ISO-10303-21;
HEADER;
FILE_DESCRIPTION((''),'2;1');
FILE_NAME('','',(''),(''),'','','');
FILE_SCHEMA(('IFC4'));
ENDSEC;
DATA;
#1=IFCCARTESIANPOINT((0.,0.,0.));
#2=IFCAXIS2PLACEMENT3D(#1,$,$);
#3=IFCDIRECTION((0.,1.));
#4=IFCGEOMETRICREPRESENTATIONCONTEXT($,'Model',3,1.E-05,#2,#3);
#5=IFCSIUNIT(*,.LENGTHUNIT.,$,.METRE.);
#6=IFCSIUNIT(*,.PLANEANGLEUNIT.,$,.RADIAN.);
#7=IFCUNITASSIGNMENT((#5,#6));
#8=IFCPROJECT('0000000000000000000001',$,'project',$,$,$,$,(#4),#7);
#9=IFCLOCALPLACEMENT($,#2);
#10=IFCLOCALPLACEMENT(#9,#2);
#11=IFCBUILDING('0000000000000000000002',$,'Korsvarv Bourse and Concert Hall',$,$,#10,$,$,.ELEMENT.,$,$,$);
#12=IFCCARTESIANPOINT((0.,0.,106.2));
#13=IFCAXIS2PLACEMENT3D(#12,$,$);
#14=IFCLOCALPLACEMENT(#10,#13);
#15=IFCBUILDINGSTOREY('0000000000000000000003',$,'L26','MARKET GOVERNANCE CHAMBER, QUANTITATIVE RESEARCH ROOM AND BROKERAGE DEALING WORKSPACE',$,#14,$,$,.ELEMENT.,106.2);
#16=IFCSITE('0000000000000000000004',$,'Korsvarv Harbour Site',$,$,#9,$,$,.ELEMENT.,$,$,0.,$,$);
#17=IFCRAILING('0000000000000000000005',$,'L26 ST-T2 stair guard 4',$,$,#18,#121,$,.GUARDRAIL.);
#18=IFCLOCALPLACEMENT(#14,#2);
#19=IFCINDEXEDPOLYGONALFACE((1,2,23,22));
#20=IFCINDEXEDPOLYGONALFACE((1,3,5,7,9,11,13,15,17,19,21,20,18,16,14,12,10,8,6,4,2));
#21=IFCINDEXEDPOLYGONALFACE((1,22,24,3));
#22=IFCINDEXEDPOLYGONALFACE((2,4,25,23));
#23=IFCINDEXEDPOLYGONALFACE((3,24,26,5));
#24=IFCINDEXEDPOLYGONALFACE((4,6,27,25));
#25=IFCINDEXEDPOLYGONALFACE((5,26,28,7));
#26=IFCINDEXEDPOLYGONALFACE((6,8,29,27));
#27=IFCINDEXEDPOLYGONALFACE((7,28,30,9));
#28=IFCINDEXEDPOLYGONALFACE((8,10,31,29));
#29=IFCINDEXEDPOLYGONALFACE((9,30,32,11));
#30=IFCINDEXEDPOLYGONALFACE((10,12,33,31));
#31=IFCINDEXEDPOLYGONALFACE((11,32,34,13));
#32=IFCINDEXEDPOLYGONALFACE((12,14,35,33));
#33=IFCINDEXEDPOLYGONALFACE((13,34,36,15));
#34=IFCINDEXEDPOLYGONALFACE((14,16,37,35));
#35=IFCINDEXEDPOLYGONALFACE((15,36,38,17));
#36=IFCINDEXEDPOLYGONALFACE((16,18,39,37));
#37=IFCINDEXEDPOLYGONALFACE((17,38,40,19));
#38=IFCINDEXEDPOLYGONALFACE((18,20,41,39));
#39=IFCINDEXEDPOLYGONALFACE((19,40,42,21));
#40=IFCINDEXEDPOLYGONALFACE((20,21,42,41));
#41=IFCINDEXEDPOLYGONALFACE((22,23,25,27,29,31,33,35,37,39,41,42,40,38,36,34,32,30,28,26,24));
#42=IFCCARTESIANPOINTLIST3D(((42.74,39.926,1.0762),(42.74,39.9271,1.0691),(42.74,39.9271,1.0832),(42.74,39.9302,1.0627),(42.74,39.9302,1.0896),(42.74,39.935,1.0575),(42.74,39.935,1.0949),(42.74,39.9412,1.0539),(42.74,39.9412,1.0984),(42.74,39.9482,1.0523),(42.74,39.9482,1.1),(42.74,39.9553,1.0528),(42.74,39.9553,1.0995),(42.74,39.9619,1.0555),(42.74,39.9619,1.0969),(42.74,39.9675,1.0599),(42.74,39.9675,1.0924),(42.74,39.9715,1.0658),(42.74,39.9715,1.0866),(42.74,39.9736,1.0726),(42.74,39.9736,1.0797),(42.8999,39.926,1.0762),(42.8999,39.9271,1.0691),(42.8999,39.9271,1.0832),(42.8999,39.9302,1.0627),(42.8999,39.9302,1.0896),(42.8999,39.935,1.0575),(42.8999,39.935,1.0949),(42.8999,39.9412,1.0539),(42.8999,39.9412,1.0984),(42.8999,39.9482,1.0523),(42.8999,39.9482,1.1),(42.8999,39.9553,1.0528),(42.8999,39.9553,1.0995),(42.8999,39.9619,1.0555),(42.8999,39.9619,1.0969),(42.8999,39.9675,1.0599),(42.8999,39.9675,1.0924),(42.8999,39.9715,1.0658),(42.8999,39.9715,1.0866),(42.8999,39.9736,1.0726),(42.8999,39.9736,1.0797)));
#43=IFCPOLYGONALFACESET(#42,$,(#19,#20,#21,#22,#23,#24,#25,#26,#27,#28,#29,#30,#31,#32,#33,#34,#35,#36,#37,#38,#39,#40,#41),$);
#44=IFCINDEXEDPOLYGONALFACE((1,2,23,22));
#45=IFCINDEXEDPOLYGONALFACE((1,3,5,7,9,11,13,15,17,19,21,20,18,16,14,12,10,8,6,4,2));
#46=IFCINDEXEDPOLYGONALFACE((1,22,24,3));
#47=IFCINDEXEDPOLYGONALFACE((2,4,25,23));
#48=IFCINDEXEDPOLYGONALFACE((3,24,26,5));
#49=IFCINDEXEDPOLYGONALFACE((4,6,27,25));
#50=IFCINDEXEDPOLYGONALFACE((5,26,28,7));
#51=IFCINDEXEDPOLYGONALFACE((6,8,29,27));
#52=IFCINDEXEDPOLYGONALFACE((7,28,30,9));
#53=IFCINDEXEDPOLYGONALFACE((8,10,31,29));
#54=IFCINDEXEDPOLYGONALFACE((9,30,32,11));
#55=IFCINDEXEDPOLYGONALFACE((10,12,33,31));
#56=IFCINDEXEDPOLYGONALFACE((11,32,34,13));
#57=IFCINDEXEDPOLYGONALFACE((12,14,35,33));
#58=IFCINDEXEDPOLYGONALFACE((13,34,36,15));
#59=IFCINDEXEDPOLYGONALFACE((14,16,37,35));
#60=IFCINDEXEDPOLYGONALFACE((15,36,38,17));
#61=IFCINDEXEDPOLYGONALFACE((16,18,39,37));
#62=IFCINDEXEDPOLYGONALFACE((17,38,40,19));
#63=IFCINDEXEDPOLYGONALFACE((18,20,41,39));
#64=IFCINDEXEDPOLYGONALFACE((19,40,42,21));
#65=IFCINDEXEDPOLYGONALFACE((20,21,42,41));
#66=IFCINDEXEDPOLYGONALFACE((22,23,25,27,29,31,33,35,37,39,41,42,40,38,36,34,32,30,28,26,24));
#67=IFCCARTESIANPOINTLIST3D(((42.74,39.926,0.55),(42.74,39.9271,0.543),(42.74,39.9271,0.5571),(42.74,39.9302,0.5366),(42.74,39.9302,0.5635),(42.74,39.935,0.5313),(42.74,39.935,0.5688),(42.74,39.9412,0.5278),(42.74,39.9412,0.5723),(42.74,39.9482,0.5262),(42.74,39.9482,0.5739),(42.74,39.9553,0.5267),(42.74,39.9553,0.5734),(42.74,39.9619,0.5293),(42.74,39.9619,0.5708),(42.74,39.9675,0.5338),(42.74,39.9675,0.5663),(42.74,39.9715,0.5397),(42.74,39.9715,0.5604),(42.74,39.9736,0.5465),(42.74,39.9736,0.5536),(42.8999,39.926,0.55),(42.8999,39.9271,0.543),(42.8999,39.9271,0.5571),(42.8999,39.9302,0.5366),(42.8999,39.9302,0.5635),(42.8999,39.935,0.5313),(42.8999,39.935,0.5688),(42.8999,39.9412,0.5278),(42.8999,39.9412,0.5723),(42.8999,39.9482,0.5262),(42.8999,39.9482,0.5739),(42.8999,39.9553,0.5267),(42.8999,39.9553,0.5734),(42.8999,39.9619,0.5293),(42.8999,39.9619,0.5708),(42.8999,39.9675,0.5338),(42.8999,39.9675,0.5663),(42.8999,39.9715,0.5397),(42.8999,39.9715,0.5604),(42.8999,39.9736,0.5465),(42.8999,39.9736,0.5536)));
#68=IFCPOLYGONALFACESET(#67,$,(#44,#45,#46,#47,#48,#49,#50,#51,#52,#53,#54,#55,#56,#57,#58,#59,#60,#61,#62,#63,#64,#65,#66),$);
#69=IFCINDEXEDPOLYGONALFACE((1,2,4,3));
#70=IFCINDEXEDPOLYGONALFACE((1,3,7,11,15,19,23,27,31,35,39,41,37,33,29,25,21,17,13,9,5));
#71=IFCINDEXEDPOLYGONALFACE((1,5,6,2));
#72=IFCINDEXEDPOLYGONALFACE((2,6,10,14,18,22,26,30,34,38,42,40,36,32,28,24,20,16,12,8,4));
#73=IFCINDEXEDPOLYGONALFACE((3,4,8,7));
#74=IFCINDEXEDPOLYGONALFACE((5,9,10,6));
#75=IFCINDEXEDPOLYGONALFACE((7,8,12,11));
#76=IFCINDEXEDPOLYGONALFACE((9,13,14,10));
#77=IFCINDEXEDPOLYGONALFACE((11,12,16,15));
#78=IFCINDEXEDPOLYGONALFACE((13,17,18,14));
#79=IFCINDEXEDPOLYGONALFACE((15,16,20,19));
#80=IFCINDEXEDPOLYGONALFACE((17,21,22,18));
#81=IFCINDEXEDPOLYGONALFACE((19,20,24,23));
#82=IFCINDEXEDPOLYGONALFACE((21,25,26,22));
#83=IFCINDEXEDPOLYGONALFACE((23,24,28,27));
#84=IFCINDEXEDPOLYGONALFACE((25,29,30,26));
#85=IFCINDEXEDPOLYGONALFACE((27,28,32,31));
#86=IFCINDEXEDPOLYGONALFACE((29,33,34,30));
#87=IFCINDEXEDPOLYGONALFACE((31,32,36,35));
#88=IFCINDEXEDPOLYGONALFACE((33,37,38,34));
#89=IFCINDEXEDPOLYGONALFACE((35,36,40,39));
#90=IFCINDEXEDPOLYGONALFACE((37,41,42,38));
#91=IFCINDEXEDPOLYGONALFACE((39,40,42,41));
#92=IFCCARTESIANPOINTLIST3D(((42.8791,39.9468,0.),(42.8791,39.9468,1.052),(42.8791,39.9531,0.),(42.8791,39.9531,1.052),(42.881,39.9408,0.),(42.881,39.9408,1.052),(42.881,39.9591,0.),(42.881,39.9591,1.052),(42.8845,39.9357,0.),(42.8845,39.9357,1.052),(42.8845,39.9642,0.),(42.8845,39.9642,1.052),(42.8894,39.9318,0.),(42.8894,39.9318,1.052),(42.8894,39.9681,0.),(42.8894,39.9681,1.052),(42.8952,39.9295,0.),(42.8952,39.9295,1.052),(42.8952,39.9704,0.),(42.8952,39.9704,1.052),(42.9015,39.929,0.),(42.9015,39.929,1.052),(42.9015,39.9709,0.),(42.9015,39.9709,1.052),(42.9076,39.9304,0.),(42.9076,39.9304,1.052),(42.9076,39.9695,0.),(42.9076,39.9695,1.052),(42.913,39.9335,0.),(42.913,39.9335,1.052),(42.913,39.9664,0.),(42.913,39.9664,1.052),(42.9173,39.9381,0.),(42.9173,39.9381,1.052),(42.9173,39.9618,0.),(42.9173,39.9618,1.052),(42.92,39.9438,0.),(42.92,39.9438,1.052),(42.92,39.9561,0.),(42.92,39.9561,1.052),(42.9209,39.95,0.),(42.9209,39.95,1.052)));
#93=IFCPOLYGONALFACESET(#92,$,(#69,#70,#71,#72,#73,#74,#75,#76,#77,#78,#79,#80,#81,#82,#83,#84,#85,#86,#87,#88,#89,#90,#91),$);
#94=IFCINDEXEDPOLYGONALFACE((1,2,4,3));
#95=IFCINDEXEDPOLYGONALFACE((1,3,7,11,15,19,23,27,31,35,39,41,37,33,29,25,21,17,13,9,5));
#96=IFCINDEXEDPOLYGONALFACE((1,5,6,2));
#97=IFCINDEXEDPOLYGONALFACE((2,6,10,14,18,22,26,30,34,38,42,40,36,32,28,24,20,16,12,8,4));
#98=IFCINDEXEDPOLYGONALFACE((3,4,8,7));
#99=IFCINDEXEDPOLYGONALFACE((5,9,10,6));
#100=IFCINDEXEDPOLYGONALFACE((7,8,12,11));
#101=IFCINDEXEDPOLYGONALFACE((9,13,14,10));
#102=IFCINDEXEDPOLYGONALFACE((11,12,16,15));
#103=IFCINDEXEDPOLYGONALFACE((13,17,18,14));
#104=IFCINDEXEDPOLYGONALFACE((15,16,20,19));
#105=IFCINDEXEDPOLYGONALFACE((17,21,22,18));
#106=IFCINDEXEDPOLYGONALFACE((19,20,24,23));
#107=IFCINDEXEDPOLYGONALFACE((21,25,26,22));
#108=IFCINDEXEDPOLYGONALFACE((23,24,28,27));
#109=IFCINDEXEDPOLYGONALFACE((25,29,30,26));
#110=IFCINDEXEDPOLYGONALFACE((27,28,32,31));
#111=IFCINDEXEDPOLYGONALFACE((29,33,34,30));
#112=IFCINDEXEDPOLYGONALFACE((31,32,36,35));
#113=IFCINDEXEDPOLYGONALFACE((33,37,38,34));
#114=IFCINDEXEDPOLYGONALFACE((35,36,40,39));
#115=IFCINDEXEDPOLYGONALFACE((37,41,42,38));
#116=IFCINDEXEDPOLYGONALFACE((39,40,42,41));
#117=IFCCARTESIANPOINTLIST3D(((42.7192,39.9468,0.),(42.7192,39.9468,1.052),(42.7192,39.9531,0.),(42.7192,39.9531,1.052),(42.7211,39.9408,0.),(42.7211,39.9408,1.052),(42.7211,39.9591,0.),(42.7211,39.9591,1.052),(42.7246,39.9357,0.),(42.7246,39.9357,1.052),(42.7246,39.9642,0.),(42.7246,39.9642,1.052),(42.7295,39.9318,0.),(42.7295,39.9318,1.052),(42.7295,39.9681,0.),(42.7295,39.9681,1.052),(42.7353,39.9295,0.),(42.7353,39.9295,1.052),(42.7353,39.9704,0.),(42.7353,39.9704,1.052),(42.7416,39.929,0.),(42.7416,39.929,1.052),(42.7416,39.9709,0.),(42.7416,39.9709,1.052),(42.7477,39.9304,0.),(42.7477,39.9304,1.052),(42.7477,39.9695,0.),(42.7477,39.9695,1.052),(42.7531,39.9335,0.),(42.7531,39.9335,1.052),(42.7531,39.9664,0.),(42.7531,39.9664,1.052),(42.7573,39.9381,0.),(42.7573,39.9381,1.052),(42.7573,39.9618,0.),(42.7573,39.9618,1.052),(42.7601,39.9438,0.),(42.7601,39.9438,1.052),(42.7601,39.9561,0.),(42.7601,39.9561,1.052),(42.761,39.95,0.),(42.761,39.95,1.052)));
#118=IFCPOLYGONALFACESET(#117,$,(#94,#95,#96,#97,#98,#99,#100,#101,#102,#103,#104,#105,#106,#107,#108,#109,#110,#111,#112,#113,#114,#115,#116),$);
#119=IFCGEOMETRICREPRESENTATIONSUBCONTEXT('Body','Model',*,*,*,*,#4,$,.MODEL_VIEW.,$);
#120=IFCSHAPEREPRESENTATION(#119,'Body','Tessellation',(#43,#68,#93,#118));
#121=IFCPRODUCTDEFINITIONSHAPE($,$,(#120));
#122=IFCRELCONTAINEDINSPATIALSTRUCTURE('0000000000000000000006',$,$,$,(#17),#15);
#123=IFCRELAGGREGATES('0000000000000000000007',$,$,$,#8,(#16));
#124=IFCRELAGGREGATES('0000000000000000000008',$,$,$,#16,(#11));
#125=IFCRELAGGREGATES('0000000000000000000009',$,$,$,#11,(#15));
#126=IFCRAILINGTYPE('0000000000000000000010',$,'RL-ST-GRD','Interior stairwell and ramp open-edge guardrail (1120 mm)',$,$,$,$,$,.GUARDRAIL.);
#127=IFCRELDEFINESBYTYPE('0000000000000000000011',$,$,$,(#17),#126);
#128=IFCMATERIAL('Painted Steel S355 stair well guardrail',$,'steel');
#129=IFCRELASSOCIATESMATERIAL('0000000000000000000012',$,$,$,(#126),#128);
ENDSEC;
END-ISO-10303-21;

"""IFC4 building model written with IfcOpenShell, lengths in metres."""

from ifc_helpers import new_model, si_unit, direction, frame, origin, origin_2d, place, context, subcontext, project, spatial, circle, extrude, material, type_object, element, save


model = new_model("IFC4")

# Units and contexts
model_context = context("Model", 3, precision=1e-05, world=origin(), true_north=direction((0.0, 1.0)))
body_context = subcontext(model_context, "Body", "Model", "MODEL_VIEW")
ifc_project = project(units=[si_unit("LENGTHUNIT", "METRE"), si_unit("PLANEANGLEUNIT", "RADIAN")], contexts=[model_context])

# Site, building, storey
site_placement = place(None, origin())
site = spatial("IfcSite", under=ifc_project, at=site_placement, Name="Korsvarv Harbour Site", CompositionType="ELEMENT", RefElevation=0.0)
building_placement = place(site_placement, origin())
building = spatial("IfcBuilding", under=site, at=building_placement, Name="Korsvarv Bourse and Concert Hall", CompositionType="ELEMENT")
storey_placement = place(building_placement, frame((0.0, 0.0, 106.2)))
storey = spatial("IfcBuildingStorey", under=building, at=storey_placement, Name="L26", Description="MARKET GOVERNANCE CHAMBER, QUANTITATIVE RESEARCH ROOM AND BROKERAGE DEALING WORKSPACE", CompositionType="ELEMENT", Elevation=106.2)

# Railing
ifc_material_1 = material(Name="Painted Steel S355 stair well guardrail", Category="steel")
railing_type_1 = type_object("IfcRailingType", Name="RL-ST-GRD", Description="Interior stairwell and ramp open-edge guardrail (1120 mm)", PredefinedType="GUARDRAIL", material=ifc_material_1)
railing_1_placement = place(storey_placement, frame((42.8999, 39.95, 0.0)))
element("IfcRailing", 1, at=railing_1_placement, inside=storey, type_object=railing_type_1, Name="L26 ST-T2 stair guard 4", PredefinedType="GUARDRAIL", context=body_context, shape_type="SweptSolid", body=[
    extrude(circle(Radius=0.0239, at=origin_2d()), frame((0.0, 0.0, 1.0762), z_axis=(-1.0, 0.0, 0.0), x_axis=(0.0, -1.0, 0.0)), (0.0, 0.0, 1.0), 0.1599),
    extrude(circle(Radius=0.0239, at=origin_2d()), frame((0.0, 0.0, 0.55), z_axis=(-1.0, 0.0, 0.0), x_axis=(0.0, -1.0, 0.0)), (0.0, 0.0, 1.0), 0.1599),
    extrude(circle(Radius=0.021, at=origin_2d()), origin(), (0.0, 0.0, 1.0), 1.052),
    extrude(circle(Radius=0.021, at=origin_2d()), frame((-0.1599, 0.0, 0.0)), (0.0, 0.0, 1.0), 1.052),
])

save(model, "model.ifc")
